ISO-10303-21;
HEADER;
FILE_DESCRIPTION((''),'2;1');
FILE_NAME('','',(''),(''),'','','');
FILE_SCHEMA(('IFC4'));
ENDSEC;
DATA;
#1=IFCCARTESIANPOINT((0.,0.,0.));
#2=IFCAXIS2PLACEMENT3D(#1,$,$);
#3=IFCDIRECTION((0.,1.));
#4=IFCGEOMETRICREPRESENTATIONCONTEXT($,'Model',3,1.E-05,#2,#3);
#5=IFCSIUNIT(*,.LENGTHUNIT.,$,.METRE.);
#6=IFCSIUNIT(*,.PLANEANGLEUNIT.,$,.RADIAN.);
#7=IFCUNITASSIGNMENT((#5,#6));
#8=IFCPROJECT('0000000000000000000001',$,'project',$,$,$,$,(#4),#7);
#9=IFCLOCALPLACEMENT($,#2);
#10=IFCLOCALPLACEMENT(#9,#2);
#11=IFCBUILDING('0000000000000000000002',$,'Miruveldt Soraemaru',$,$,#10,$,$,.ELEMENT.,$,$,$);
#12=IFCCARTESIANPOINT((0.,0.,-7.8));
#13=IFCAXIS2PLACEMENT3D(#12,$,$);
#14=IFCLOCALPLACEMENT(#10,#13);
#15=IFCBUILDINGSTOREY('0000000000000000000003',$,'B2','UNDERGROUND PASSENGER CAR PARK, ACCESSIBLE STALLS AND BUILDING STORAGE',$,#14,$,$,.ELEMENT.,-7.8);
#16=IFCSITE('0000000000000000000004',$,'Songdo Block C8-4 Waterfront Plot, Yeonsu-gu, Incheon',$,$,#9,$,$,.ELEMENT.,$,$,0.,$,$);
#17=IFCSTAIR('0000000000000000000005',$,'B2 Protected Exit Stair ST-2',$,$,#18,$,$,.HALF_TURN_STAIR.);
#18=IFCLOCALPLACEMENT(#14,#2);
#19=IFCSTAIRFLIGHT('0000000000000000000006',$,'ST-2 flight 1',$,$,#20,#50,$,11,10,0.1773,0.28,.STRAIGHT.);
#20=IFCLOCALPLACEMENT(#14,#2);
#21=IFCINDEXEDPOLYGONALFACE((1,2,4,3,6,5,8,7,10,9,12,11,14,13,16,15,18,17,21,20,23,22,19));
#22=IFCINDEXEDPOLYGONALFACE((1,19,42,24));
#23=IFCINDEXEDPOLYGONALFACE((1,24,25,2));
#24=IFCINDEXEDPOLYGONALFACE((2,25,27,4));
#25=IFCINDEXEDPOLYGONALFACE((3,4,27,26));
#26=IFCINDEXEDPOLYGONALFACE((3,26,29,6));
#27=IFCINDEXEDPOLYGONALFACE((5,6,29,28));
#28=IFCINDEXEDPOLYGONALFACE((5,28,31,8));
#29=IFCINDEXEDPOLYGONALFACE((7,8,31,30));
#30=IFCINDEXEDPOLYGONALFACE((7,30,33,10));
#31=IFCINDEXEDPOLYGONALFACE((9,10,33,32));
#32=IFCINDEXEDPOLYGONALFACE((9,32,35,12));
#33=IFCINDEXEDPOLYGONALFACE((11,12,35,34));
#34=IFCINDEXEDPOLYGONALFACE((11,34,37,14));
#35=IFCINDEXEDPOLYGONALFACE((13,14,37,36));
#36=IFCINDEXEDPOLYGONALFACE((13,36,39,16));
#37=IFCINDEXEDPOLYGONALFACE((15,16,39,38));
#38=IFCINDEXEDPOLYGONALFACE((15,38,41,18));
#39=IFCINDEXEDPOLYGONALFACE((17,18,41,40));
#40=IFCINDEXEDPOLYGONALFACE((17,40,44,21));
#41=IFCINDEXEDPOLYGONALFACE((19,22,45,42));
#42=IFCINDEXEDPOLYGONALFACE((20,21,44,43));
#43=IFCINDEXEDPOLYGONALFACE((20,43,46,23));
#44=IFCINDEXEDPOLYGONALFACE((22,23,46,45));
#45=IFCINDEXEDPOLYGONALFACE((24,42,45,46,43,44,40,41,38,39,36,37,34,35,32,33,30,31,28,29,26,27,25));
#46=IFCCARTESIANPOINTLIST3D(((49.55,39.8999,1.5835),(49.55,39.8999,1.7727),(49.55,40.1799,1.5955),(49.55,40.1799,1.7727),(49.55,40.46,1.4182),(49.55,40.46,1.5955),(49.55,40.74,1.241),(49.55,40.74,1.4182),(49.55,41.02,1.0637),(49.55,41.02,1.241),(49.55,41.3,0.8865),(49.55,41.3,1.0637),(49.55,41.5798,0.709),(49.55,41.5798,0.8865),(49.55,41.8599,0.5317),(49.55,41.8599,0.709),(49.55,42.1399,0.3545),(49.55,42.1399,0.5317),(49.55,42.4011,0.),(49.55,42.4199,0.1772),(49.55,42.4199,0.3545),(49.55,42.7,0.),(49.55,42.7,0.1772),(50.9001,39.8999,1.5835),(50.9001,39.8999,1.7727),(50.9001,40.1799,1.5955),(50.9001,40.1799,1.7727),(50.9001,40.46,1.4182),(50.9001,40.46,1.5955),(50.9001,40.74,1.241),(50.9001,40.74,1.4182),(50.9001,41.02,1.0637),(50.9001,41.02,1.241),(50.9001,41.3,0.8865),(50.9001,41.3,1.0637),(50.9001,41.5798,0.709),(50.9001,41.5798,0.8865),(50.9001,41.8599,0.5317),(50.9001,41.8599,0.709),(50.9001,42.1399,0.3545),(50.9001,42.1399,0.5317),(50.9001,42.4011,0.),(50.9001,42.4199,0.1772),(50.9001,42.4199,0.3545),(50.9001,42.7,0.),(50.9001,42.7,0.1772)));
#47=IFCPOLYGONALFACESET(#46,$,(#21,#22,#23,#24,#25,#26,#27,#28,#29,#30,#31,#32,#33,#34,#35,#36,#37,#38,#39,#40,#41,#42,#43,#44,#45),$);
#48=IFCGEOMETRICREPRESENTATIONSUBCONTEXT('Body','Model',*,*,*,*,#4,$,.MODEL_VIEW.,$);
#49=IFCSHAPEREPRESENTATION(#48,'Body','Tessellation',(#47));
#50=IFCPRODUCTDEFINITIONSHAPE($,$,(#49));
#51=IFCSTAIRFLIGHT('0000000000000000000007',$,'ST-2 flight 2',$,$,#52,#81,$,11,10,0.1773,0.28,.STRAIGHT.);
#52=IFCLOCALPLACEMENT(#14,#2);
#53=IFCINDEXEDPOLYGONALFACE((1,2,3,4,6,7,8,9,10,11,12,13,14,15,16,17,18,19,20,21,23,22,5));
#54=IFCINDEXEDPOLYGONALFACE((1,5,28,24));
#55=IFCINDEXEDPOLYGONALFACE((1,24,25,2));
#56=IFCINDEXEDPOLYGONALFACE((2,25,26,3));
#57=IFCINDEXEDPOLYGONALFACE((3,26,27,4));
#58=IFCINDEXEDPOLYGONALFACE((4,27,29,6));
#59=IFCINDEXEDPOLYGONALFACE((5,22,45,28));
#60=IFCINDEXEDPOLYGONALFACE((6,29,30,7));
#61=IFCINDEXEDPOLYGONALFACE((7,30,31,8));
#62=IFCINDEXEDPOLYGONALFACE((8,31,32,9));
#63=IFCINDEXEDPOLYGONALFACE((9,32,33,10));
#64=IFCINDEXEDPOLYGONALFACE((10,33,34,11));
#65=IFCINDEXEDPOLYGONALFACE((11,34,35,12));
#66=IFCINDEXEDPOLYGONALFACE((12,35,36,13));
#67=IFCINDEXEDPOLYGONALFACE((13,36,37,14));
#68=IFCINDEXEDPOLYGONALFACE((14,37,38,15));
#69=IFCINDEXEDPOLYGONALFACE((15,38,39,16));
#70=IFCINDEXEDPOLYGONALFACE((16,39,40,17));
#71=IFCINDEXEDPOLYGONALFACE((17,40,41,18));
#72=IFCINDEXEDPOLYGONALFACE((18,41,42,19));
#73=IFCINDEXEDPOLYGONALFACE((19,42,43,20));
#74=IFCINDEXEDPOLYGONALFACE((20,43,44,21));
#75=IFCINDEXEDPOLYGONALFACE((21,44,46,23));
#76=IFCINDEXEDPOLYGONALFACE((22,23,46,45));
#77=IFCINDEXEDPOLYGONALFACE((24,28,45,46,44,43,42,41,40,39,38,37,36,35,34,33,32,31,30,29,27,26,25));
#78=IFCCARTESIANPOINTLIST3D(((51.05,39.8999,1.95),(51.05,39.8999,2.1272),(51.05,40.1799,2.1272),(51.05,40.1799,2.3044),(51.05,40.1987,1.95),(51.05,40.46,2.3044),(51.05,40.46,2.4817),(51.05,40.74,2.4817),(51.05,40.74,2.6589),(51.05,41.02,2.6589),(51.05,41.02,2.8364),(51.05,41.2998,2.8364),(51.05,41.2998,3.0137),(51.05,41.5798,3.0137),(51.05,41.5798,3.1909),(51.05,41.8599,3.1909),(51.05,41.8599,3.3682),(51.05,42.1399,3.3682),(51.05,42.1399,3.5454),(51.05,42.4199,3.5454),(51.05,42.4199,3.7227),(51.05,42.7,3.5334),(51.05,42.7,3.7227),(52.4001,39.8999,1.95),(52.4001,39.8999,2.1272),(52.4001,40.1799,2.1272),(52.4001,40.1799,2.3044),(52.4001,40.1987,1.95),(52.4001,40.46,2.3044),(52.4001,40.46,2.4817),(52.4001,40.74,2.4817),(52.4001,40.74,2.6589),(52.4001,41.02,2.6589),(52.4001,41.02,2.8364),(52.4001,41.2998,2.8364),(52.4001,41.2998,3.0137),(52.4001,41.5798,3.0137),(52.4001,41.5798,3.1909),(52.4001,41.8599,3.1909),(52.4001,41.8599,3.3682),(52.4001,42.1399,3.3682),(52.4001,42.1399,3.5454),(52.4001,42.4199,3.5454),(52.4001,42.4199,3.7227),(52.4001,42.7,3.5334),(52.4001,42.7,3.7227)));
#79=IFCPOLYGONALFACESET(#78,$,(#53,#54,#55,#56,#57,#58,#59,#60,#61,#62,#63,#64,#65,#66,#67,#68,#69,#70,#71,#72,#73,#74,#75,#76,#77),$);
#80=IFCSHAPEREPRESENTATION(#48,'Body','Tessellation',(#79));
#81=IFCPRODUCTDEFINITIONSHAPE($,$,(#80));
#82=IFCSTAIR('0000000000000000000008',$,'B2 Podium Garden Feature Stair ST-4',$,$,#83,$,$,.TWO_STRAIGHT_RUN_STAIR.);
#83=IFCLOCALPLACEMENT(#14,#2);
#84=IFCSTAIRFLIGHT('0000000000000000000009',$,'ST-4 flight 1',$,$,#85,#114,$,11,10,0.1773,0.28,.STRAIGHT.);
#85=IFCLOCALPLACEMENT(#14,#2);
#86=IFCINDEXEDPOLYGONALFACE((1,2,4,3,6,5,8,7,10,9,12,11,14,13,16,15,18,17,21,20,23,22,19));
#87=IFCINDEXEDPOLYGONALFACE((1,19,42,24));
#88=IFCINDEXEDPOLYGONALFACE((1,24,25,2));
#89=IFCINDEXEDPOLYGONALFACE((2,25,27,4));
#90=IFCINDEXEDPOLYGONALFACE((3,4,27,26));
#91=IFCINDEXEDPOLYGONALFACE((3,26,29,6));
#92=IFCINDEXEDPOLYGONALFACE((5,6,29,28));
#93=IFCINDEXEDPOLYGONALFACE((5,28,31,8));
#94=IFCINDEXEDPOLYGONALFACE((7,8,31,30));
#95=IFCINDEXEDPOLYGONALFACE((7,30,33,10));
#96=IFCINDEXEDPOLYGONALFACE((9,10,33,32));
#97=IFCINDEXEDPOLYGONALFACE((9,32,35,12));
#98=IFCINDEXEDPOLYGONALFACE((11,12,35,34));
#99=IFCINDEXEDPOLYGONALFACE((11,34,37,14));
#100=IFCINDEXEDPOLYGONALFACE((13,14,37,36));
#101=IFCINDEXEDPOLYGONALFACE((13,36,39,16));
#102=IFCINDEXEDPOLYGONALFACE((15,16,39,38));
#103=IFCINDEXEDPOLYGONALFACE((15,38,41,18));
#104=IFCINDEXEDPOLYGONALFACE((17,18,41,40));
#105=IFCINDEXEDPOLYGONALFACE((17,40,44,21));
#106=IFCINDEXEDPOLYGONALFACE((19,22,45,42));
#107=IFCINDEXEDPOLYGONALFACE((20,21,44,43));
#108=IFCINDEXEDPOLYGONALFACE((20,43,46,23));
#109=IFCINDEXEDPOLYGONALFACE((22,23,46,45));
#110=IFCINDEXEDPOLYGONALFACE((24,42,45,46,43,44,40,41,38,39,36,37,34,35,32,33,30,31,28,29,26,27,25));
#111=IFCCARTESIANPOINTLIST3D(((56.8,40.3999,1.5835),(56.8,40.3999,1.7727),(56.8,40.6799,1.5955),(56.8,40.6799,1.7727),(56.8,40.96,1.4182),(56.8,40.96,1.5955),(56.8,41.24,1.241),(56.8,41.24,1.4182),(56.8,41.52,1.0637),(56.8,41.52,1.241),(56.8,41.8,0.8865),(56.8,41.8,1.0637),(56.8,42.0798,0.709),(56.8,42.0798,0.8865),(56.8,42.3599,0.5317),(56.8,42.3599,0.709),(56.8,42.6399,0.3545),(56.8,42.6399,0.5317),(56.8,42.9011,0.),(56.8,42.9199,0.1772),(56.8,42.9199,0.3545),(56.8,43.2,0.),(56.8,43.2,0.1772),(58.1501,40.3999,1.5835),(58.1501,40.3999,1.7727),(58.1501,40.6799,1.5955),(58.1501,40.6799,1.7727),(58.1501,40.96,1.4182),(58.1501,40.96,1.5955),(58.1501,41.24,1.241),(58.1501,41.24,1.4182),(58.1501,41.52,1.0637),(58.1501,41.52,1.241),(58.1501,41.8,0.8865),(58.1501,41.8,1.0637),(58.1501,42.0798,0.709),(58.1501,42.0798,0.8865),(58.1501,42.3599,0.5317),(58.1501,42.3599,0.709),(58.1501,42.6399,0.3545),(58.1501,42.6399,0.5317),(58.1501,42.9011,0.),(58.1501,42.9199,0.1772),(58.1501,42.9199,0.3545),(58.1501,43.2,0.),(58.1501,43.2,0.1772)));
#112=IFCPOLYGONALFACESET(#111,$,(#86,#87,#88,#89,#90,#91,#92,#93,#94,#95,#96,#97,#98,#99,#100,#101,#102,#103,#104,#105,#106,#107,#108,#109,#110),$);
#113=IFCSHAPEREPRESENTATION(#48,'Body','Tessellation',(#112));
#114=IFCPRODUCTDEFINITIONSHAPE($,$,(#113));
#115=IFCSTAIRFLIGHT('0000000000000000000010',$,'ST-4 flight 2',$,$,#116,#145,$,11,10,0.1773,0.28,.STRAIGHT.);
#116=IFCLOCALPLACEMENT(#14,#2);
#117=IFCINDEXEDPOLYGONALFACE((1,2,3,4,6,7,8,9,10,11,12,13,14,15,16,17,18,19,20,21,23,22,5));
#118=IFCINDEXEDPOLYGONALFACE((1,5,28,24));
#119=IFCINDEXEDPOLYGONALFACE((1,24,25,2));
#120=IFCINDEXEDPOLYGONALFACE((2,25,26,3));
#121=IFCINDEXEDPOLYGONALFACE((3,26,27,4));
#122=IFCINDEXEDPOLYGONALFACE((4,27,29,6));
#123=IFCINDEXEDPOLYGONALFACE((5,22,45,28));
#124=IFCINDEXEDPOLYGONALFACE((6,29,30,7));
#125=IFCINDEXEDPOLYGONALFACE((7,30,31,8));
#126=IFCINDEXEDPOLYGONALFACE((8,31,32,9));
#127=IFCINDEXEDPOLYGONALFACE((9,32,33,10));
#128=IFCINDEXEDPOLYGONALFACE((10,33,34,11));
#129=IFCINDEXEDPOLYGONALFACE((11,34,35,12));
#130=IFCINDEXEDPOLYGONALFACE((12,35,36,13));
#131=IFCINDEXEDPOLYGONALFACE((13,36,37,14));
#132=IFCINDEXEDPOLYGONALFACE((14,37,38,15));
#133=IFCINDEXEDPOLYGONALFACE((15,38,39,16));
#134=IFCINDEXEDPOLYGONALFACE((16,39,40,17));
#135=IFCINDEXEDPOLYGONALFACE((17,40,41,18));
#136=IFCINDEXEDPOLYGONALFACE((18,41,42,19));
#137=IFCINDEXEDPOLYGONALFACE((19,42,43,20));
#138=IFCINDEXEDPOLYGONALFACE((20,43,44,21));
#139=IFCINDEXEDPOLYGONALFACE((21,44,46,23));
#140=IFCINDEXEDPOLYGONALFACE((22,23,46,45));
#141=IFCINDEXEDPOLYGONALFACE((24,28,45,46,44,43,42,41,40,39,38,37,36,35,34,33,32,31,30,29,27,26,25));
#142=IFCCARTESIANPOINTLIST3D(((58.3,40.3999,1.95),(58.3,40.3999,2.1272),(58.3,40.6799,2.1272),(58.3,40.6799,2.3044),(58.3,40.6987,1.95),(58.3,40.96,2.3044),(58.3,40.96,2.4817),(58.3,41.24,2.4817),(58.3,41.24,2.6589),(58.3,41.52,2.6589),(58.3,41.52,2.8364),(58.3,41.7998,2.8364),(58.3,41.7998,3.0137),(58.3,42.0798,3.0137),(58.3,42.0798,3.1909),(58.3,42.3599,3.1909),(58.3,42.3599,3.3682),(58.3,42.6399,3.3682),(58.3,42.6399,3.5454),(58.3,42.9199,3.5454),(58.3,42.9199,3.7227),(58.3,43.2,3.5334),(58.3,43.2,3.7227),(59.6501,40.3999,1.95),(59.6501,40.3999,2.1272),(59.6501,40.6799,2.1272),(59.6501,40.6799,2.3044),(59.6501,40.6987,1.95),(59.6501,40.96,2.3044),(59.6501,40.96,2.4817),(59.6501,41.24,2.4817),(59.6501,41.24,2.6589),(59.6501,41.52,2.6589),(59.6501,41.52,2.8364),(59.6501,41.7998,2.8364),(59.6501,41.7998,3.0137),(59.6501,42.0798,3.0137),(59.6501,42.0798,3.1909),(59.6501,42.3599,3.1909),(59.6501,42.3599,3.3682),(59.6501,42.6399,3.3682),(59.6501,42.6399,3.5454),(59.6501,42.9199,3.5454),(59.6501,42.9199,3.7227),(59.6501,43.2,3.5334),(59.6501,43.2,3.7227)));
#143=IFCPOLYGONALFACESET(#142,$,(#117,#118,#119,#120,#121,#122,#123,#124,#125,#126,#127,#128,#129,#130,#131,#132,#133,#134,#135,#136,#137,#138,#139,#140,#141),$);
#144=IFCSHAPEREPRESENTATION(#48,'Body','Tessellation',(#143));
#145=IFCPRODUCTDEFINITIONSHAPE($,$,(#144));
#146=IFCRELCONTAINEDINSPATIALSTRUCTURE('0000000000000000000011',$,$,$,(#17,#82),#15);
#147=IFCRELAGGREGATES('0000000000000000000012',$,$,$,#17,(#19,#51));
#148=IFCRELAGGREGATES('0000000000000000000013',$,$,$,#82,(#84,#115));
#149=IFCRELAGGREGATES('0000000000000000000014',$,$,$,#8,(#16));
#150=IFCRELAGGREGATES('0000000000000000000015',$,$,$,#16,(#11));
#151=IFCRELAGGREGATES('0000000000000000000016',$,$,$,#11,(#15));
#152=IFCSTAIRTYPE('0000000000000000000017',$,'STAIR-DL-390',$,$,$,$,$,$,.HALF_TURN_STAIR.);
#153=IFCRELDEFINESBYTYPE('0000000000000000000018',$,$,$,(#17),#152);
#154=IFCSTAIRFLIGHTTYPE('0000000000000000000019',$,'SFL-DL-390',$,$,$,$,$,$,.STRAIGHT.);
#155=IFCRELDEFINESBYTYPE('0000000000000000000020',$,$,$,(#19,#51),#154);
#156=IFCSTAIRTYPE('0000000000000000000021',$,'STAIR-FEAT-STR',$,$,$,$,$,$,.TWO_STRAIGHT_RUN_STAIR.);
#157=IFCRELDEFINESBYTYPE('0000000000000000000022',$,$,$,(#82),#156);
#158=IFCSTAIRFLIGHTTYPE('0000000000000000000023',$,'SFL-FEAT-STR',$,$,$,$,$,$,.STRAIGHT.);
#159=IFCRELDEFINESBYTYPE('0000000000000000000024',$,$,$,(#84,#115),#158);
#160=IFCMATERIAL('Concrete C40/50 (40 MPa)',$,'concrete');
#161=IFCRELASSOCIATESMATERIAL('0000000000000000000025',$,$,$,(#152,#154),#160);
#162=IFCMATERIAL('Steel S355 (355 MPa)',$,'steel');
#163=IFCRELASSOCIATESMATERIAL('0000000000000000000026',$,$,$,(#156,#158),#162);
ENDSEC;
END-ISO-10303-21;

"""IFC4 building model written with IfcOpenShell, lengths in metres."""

from ifc_helpers import new_model, si_unit, direction, frame, origin, place, context, subcontext, project, spatial, polyline, outline, extrude, material, type_object, element, aggregate, save


model = new_model("IFC4")

# Units and contexts
model_context = context("Model", 3, precision=1e-05, world=origin(), true_north=direction((0.0, 1.0)))
body_context = subcontext(model_context, "Body", "Model", "MODEL_VIEW")
ifc_project = project(units=[si_unit("LENGTHUNIT", "METRE"), si_unit("PLANEANGLEUNIT", "RADIAN")], contexts=[model_context])

# Site, building, storey
site_placement = place(None, origin())
site = spatial("IfcSite", under=ifc_project, at=site_placement, Name="Songdo Block C8-4 Waterfront Plot, Yeonsu-gu, Incheon", CompositionType="ELEMENT", RefElevation=0.0)
building_placement = place(site_placement, origin())
building = spatial("IfcBuilding", under=site, at=building_placement, Name="Miruveldt Soraemaru", CompositionType="ELEMENT")
storey_placement = place(building_placement, frame((0.0, 0.0, -7.8)))
storey = spatial("IfcBuildingStorey", under=building, at=storey_placement, Name="B2", Description="UNDERGROUND PASSENGER CAR PARK, ACCESSIBLE STALLS AND BUILDING STORAGE", CompositionType="ELEMENT", Elevation=-7.8)

# Shared definitions
ifc_material_1 = material(Name="Concrete C40/50 (40 MPa)", Category="concrete")

# Stairs, stair flights
stair_type_1 = type_object("IfcStairType", Name="STAIR-DL-390", PredefinedType="HALF_TURN_STAIR", material=ifc_material_1)
stair_1_placement = place(storey_placement, origin())
stair_1 = element("IfcStair", 1, at=stair_1_placement, inside=storey, type_object=stair_type_1, Name="B2 Protected Exit Stair ST-2", PredefinedType="HALF_TURN_STAIR")
stair_flight_type_1 = type_object("IfcStairFlightType", Name="SFL-DL-390", PredefinedType="STRAIGHT", material=ifc_material_1)
stair_flight_1_placement = place(storey_placement, frame((50.2251, 42.7, 0.0), z_axis=(0.0, 0.0, 1.0), x_axis=(0.0, -1.0, 0.0)))
stair_flight_1 = element("IfcStairFlight", 2, at=stair_flight_1_placement, type_object=stair_flight_type_1, Name="ST-2 flight 1", NumberOfRisers=11, NumberOfTreads=10, PredefinedType="STRAIGHT", RiserHeight=0.1773, TreadLength=0.28, context=body_context, shape_type="SweptSolid", body=[
    extrude(outline(polyline([(0.0, 0.0), (0.0, 0.1772), (0.28, 0.1772), (0.28, 0.3545), (0.5601, 0.3545), (0.5601, 0.5317), (0.8401, 0.5317), (0.8401, 0.709), (1.1201, 0.709), (1.1201, 0.8865), (1.3999, 0.8865), (1.3999, 1.0637), (1.6799, 1.0637), (1.6799, 1.241), (1.96, 1.241), (1.96, 1.4182), (2.24, 1.4182), (2.24, 1.5955), (2.52, 1.5955), (2.52, 1.7727), (2.8, 1.7727), (2.8, 1.95), (2.8, 1.5835), (0.2988, 0.0), (0.0, 0.0)])), frame((0.0, 0.675, 0.0), z_axis=(0.0, -1.0, 0.0), x_axis=(1.0, 0.0, 0.0)), (0.0, 0.0, 1.0), 1.3501),
])
stair_flight_2_placement = place(storey_placement, frame((51.7251, 39.8999, 1.95), z_axis=(0.0, 0.0, 1.0), x_axis=(0.0, 1.0, 0.0)))
stair_flight_2 = element("IfcStairFlight", 3, at=stair_flight_2_placement, type_object=stair_flight_type_1, Name="ST-2 flight 2", NumberOfRisers=11, NumberOfTreads=10, PredefinedType="STRAIGHT", RiserHeight=0.1773, TreadLength=0.28, context=body_context, shape_type="SweptSolid", body=[
    extrude(outline(polyline([(0.0, 0.0), (0.0, 0.1772), (0.28, 0.1772), (0.28, 0.3545), (0.5601, 0.3545), (0.5601, 0.5317), (0.8401, 0.5317), (0.8401, 0.709), (1.1201, 0.709), (1.1201, 0.8865), (1.3999, 0.8865), (1.3999, 1.0637), (1.6799, 1.0637), (1.6799, 1.241), (1.96, 1.241), (1.96, 1.4182), (2.24, 1.4182), (2.24, 1.5955), (2.52, 1.5955), (2.52, 1.7727), (2.8, 1.7727), (2.8, 1.95), (2.8, 1.5835), (0.2988, 0.0), (0.0, 0.0)])), frame((0.0, 0.675, 0.0), z_axis=(0.0, -1.0, 0.0), x_axis=(1.0, 0.0, 0.0)), (0.0, 0.0, 1.0), 1.3501),
])
aggregate(stair_1, [stair_flight_1, stair_flight_2])
ifc_material_2 = material(Name="Steel S355 (355 MPa)", Category="steel")
stair_type_2 = type_object("IfcStairType", Name="STAIR-FEAT-STR", PredefinedType="TWO_STRAIGHT_RUN_STAIR", material=ifc_material_2)
stair_2_placement = place(storey_placement, origin())
stair_2 = element("IfcStair", 4, at=stair_2_placement, inside=storey, type_object=stair_type_2, Name="B2 Podium Garden Feature Stair ST-4", PredefinedType="TWO_STRAIGHT_RUN_STAIR")
stair_flight_type_2 = type_object("IfcStairFlightType", Name="SFL-FEAT-STR", PredefinedType="STRAIGHT", material=ifc_material_2)
stair_flight_3_placement = place(storey_placement, frame((57.4751, 43.2, 0.0), z_axis=(0.0, 0.0, 1.0), x_axis=(0.0, -1.0, 0.0)))
stair_flight_3 = element("IfcStairFlight", 5, at=stair_flight_3_placement, type_object=stair_flight_type_2, Name="ST-4 flight 1", NumberOfRisers=11, NumberOfTreads=10, PredefinedType="STRAIGHT", RiserHeight=0.1773, TreadLength=0.28, context=body_context, shape_type="SweptSolid", body=[
    extrude(outline(polyline([(0.0, 0.0), (0.0, 0.1772), (0.28, 0.1772), (0.28, 0.3545), (0.5601, 0.3545), (0.5601, 0.5317), (0.8401, 0.5317), (0.8401, 0.709), (1.1201, 0.709), (1.1201, 0.8865), (1.3999, 0.8865), (1.3999, 1.0637), (1.6799, 1.0637), (1.6799, 1.241), (1.96, 1.241), (1.96, 1.4182), (2.24, 1.4182), (2.24, 1.5955), (2.52, 1.5955), (2.52, 1.7727), (2.8, 1.7727), (2.8, 1.95), (2.8, 1.5835), (0.2988, 0.0), (0.0, 0.0)])), frame((0.0, 0.675, 0.0), z_axis=(0.0, -1.0, 0.0), x_axis=(1.0, 0.0, 0.0)), (0.0, 0.0, 1.0), 1.3501),
])
stair_flight_4_placement = place(storey_placement, frame((58.9751, 40.3999, 1.95), z_axis=(0.0, 0.0, 1.0), x_axis=(0.0, 1.0, 0.0)))
stair_flight_4 = element("IfcStairFlight", 6, at=stair_flight_4_placement, type_object=stair_flight_type_2, Name="ST-4 flight 2", NumberOfRisers=11, NumberOfTreads=10, PredefinedType="STRAIGHT", RiserHeight=0.1773, TreadLength=0.28, context=body_context, shape_type="SweptSolid", body=[
    extrude(outline(polyline([(0.0, 0.0), (0.0, 0.1772), (0.28, 0.1772), (0.28, 0.3545), (0.5601, 0.3545), (0.5601, 0.5317), (0.8401, 0.5317), (0.8401, 0.709), (1.1201, 0.709), (1.1201, 0.8865), (1.3999, 0.8865), (1.3999, 1.0637), (1.6799, 1.0637), (1.6799, 1.241), (1.96, 1.241), (1.96, 1.4182), (2.24, 1.4182), (2.24, 1.5955), (2.52, 1.5955), (2.52, 1.7727), (2.8, 1.7727), (2.8, 1.95), (2.8, 1.5835), (0.2988, 0.0), (0.0, 0.0)])), frame((0.0, 0.675, 0.0), z_axis=(0.0, -1.0, 0.0), x_axis=(1.0, 0.0, 0.0)), (0.0, 0.0, 1.0), 1.3501),
])
aggregate(stair_2, [stair_flight_3, stair_flight_4])

save(model, "model.ifc")
